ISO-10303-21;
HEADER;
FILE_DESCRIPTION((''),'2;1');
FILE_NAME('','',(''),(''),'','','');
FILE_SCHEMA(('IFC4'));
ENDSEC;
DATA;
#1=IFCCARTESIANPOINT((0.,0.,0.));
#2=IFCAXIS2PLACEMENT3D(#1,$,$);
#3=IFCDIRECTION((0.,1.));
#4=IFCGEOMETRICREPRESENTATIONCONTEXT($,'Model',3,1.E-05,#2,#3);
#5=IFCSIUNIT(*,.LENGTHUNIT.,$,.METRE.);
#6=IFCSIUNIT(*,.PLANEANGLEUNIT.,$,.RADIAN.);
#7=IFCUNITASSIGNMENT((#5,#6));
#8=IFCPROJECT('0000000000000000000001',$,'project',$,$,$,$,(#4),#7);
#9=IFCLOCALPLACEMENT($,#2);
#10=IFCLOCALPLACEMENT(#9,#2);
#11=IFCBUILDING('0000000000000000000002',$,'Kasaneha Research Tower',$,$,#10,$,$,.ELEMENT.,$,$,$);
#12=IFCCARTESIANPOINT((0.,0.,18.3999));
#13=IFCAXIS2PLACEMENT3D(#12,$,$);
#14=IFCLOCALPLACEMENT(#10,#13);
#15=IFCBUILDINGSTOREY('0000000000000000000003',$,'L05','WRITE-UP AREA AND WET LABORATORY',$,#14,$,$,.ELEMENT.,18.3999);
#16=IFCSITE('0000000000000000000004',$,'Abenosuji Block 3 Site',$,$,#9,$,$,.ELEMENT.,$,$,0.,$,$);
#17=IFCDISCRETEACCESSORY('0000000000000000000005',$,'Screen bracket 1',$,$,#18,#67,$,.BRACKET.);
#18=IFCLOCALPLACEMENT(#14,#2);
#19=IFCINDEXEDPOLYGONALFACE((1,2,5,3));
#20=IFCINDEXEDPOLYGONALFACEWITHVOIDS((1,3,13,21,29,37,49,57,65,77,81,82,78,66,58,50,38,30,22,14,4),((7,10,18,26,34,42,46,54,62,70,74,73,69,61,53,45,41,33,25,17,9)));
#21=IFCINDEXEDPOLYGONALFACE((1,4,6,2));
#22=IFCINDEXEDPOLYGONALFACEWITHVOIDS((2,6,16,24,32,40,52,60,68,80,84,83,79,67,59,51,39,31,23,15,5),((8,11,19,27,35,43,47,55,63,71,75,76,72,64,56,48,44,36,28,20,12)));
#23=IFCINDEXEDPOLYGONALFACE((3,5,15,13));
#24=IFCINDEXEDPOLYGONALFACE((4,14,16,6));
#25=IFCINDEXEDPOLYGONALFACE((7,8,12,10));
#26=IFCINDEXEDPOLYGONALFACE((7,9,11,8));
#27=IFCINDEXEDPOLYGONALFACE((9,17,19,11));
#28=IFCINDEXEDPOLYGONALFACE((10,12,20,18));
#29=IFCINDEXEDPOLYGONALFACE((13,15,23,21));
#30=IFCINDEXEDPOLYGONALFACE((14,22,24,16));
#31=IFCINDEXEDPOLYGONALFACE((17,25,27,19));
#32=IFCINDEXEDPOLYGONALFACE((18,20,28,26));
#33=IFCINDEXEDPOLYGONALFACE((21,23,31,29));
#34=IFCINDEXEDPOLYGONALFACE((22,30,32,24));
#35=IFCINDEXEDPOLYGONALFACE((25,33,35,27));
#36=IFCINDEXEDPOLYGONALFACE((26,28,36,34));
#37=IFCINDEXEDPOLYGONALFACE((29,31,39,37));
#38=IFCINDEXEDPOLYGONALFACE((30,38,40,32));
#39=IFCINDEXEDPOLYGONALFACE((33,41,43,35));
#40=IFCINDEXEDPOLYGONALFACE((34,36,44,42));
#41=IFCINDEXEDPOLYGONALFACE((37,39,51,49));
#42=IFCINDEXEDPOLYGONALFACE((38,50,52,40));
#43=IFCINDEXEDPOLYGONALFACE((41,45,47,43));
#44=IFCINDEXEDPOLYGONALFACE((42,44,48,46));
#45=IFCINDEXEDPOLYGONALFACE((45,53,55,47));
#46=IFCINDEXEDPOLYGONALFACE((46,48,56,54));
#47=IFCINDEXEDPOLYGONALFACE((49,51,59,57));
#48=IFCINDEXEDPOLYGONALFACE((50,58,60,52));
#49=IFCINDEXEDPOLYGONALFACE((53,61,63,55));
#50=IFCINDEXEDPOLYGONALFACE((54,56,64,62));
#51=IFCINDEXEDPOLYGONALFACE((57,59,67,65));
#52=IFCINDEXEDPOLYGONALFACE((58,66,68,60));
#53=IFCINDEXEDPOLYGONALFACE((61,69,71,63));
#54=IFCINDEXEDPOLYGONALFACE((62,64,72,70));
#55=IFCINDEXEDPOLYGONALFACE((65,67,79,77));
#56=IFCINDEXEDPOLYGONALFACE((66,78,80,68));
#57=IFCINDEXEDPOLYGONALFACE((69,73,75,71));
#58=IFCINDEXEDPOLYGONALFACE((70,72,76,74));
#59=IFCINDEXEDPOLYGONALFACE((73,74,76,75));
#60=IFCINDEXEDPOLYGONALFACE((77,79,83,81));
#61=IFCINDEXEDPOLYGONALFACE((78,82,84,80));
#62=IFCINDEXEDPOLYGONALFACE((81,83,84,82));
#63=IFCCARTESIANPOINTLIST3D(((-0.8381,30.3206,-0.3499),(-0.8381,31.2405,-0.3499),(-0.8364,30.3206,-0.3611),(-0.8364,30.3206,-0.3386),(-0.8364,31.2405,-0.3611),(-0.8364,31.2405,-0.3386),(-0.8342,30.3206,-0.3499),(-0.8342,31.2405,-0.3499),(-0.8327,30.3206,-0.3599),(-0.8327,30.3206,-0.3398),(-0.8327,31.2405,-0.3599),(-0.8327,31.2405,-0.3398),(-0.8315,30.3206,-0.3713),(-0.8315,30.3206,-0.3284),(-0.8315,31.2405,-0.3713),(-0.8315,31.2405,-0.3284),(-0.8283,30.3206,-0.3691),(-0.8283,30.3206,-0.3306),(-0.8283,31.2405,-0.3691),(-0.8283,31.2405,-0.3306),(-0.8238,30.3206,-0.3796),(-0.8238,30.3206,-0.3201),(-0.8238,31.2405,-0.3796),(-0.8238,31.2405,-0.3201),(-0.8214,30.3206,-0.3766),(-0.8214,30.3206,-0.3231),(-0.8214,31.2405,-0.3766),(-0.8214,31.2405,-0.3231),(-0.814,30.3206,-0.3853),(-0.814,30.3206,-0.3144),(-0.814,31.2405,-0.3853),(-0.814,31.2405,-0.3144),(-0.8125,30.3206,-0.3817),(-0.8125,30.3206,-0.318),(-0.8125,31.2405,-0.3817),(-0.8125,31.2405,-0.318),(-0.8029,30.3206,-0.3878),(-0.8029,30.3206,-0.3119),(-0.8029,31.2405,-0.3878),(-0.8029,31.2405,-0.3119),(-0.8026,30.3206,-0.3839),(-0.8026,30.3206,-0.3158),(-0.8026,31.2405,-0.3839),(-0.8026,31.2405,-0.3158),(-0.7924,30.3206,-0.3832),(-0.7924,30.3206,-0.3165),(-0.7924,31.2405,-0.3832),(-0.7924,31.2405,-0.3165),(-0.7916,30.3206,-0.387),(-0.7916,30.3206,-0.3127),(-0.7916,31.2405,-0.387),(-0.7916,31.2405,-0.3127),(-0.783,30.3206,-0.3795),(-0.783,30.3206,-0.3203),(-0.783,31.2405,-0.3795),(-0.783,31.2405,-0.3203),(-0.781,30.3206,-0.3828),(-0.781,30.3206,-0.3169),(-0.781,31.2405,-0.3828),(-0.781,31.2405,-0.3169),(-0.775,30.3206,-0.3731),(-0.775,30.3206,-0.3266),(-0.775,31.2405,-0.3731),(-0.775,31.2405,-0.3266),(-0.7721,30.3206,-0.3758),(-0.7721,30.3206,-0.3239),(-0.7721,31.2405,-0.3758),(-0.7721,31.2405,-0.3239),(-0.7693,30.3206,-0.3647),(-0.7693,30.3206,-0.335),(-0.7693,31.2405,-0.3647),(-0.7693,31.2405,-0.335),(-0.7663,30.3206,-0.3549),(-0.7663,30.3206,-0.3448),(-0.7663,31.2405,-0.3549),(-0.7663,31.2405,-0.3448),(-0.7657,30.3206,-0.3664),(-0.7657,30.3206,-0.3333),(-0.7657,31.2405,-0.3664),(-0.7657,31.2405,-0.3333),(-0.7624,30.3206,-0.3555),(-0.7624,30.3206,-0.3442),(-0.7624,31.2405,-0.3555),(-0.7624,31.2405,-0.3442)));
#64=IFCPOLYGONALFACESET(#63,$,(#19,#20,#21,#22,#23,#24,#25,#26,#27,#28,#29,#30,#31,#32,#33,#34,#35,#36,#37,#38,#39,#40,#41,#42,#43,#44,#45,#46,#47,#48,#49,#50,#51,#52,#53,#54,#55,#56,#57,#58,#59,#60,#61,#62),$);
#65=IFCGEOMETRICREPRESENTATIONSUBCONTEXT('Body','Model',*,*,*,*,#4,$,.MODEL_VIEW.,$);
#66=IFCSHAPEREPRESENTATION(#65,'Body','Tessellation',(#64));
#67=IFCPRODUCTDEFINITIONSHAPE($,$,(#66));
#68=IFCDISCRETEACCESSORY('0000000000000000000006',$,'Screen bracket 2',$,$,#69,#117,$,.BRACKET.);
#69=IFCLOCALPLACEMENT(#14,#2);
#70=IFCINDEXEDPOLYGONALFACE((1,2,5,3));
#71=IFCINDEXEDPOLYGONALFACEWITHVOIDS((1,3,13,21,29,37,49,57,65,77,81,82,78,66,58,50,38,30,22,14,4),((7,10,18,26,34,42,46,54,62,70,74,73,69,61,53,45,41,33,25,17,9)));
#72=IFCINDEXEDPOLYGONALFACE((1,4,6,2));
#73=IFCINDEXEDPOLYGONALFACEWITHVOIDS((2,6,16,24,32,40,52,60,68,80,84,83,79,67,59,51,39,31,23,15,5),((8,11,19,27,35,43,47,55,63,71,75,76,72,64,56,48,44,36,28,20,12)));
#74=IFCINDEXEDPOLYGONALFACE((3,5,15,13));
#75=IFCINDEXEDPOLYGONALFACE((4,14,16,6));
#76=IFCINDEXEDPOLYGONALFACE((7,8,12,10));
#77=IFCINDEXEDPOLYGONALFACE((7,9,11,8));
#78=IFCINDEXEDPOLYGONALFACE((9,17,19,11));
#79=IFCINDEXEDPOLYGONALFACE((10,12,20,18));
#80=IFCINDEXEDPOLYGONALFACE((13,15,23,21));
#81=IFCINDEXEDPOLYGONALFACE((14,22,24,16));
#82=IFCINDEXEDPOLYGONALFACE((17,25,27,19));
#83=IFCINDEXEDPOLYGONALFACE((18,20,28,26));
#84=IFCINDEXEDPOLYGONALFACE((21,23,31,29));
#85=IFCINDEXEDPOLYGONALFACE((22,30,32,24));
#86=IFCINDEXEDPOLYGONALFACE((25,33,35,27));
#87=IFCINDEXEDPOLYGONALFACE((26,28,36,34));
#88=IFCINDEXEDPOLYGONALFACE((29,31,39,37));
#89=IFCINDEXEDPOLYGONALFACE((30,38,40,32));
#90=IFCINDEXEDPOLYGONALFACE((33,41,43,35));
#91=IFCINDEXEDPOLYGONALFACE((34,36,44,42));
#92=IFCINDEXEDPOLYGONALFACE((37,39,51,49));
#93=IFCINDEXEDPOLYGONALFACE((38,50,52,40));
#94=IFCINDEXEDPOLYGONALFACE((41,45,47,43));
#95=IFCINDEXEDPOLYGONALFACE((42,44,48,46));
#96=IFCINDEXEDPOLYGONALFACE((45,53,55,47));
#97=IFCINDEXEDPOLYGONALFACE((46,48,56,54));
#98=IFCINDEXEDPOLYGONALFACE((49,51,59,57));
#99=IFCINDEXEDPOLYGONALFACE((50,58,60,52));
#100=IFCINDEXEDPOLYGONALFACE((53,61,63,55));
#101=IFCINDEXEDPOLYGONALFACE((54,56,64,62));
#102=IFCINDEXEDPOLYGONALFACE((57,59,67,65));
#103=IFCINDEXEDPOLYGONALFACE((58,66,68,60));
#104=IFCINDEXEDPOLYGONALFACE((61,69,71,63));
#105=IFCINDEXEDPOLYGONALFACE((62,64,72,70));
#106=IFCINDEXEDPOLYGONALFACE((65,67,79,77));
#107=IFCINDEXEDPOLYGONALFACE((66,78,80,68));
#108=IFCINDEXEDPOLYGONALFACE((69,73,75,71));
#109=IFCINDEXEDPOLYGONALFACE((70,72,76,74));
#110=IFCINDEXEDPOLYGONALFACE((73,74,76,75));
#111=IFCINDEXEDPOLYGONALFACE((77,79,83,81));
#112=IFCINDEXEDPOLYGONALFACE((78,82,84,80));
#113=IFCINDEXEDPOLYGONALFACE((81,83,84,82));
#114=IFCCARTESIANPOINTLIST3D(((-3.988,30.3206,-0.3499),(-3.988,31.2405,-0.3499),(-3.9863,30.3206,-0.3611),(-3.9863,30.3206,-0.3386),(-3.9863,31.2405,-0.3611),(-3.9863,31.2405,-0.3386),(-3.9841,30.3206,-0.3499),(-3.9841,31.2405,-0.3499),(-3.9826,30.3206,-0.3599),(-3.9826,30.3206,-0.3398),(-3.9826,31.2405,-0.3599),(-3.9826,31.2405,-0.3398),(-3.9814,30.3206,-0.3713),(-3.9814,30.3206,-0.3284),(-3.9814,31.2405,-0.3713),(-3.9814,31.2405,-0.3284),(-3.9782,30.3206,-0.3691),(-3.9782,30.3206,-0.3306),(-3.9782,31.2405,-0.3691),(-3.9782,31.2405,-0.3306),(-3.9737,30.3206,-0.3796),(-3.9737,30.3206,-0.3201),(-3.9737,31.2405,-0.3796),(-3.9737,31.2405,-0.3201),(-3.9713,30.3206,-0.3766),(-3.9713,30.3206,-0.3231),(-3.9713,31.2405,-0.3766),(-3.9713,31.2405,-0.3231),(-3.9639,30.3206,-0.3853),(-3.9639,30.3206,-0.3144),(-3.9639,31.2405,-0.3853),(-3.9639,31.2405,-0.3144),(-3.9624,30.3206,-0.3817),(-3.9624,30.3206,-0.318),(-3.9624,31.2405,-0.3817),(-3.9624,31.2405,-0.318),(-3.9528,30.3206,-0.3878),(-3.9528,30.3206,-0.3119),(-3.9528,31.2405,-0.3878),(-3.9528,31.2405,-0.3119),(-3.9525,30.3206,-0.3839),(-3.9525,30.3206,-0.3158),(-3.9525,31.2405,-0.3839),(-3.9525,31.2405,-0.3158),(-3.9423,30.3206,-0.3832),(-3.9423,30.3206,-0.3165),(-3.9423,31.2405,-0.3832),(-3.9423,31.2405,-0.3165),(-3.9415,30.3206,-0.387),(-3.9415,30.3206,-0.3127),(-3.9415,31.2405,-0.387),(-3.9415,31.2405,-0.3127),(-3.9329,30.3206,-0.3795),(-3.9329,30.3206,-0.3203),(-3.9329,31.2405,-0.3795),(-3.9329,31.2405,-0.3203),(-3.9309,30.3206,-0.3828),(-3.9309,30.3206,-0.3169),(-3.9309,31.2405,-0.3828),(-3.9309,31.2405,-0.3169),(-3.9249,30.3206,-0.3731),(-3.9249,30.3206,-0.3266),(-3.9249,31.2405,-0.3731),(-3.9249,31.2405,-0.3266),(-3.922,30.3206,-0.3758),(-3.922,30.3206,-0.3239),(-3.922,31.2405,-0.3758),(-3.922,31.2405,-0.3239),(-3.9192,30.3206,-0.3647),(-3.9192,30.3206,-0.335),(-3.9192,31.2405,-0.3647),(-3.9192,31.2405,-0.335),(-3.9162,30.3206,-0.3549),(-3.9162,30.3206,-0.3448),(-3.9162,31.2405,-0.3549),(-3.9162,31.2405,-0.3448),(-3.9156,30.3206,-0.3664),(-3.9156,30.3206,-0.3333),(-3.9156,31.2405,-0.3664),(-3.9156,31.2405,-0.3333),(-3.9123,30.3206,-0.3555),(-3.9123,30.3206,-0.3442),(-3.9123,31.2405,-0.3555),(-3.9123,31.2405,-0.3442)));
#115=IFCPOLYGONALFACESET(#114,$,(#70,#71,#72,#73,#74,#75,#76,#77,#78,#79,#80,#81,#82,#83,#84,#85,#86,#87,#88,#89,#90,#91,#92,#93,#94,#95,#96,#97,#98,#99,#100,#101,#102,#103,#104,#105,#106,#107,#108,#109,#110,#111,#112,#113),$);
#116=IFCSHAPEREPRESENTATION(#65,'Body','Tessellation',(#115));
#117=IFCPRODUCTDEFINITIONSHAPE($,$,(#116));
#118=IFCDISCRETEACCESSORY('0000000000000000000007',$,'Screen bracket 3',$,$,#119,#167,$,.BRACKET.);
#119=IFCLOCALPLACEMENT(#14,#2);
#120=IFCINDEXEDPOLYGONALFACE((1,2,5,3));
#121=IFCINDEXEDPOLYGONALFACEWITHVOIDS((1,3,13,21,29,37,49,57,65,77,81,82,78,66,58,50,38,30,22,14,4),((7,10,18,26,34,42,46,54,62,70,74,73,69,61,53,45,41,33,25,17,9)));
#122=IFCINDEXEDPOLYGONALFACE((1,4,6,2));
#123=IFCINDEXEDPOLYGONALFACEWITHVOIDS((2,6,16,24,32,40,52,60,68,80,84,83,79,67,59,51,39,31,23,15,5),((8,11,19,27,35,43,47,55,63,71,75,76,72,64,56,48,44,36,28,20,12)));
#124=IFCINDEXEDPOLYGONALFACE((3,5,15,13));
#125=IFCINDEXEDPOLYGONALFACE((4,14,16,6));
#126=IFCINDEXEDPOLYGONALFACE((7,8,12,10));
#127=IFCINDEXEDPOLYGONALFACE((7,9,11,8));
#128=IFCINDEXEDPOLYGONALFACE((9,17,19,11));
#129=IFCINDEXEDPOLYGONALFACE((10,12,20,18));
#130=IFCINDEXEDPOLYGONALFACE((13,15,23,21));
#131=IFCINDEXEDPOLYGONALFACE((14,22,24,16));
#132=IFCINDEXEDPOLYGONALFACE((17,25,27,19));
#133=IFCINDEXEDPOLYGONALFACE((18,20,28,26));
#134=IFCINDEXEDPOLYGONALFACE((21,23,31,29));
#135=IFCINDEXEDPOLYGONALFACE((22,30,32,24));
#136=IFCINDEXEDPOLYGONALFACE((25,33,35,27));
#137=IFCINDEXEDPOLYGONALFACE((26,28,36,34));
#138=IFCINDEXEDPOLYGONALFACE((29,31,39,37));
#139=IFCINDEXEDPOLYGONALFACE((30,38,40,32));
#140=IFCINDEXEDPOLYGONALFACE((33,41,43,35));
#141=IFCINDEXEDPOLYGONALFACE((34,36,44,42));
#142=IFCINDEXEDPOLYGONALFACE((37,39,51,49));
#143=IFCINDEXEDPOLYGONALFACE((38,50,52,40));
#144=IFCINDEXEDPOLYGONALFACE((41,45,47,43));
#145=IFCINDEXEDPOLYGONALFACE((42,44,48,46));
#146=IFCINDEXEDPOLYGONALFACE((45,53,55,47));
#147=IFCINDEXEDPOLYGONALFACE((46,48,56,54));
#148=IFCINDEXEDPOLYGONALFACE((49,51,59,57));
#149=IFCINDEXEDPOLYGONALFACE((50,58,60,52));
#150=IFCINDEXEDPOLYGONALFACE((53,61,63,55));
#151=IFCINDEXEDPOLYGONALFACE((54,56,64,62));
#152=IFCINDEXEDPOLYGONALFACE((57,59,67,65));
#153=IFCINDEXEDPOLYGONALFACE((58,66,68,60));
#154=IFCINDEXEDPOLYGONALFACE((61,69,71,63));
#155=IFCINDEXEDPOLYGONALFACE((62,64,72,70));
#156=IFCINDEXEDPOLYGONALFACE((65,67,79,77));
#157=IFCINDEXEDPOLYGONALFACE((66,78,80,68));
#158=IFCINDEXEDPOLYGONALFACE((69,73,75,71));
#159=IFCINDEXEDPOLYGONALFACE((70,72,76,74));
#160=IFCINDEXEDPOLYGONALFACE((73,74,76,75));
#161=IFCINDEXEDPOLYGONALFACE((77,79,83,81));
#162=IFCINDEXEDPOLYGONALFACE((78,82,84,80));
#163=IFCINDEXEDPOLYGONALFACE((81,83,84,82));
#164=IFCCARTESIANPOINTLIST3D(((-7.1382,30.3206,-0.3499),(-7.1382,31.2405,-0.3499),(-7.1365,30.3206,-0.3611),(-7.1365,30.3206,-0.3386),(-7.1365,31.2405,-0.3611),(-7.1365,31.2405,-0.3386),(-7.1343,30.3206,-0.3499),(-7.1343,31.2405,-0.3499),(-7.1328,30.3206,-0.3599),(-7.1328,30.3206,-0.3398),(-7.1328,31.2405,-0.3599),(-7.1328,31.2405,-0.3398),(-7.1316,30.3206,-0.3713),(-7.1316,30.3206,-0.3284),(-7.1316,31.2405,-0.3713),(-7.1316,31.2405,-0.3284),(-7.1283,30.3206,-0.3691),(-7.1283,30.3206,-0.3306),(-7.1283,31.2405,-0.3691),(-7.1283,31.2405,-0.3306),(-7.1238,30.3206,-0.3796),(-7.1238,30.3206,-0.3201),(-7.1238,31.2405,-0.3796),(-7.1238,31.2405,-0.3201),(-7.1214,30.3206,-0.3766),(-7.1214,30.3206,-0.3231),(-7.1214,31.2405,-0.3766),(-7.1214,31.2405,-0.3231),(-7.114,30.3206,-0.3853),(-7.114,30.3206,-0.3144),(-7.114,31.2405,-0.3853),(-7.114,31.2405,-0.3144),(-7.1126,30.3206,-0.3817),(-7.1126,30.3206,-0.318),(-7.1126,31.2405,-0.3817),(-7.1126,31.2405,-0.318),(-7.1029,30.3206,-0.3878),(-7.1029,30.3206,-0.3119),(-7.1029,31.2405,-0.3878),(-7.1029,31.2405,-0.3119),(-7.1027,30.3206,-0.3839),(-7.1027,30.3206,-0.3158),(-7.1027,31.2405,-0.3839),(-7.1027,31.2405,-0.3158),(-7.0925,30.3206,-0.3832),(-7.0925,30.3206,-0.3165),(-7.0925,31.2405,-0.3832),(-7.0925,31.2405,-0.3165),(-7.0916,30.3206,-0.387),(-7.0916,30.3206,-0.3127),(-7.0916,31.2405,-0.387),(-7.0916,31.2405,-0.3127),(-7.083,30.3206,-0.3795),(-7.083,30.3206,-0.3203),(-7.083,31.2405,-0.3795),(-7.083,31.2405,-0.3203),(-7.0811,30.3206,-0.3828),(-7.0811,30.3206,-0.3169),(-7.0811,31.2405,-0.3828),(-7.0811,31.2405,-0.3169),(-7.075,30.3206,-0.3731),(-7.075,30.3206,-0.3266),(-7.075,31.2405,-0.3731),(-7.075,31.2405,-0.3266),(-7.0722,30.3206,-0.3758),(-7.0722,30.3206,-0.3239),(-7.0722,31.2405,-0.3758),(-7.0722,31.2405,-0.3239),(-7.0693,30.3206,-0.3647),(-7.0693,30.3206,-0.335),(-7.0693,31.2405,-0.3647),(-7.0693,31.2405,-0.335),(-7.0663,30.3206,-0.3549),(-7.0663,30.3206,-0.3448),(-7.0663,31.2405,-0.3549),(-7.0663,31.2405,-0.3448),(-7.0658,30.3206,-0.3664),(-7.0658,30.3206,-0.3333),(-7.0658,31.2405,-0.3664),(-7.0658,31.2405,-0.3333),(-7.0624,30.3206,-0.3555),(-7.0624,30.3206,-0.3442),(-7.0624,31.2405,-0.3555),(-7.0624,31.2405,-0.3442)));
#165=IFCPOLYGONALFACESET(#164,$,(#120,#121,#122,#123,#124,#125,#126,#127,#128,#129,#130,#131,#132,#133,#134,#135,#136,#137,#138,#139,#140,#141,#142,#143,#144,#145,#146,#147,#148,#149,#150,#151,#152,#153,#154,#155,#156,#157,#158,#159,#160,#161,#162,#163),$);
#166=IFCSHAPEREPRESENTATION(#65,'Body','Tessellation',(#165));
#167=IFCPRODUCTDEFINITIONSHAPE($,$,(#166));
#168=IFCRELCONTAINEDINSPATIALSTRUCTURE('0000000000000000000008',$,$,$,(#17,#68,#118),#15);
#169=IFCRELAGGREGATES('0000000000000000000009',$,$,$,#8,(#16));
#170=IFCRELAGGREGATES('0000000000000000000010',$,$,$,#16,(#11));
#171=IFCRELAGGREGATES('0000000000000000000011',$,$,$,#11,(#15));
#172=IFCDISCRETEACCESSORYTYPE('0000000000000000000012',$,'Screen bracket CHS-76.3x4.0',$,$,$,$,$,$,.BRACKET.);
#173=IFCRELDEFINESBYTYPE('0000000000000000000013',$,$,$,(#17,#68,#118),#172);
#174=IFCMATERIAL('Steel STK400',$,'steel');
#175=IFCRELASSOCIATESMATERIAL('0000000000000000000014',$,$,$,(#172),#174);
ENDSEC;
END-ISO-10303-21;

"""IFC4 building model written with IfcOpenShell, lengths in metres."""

from ifc_helpers import new_model, si_unit, direction, frame, origin, origin_2d, place, context, subcontext, project, spatial, hollow_circle, extrude, material, material_profile, profile_set, type_object, element, save


model = new_model("IFC4")

# Units and contexts
model_context = context("Model", 3, precision=1e-05, world=origin(), true_north=direction((0.0, 1.0)))
body_context = subcontext(model_context, "Body", "Model", "MODEL_VIEW")
ifc_project = project(units=[si_unit("LENGTHUNIT", "METRE"), si_unit("PLANEANGLEUNIT", "RADIAN")], contexts=[model_context])

# Site, building, storey
site_placement = place(None, origin())
site = spatial("IfcSite", under=ifc_project, at=site_placement, Name="Abenosuji Block 3 Site", CompositionType="ELEMENT", RefElevation=0.0)
building_placement = place(site_placement, origin())
building = spatial("IfcBuilding", under=site, at=building_placement, Name="Kasaneha Research Tower", CompositionType="ELEMENT")
storey_placement = place(building_placement, frame((0.0, 0.0, 18.3999)))
storey = spatial("IfcBuildingStorey", under=building, at=storey_placement, Name="L05", Description="WRITE-UP AREA AND WET LABORATORY", CompositionType="ELEMENT", Elevation=18.3999)

# Discrete accessories
ifc_material_1 = material(Name="Steel STK400", Category="steel")
ifc_material_profile_1 = material_profile(ifc_material_1, hollow_circle(Radius=0.0381, WallThickness=0.0039, at=origin_2d()), Name="CHS-76.3x4.0")
ifc_profile_set_1 = profile_set([ifc_material_profile_1], Name="Steel STK400")
discrete_accessory_type = type_object("IfcDiscreteAccessoryType", Name="Screen bracket CHS-76.3x4.0", PredefinedType="BRACKET", material=ifc_profile_set_1)
for number, where, z_axis, x_axis, name in (
    (1, (-0.8, 30.3206, -0.3499), (0.0, 1.0, 0.0), (-1.0, 0.0, 0.0), "Screen bracket 1"),
    (2, (-3.95, 30.3206, -0.3499), (0.0, 1.0, 0.0), (-1.0, 0.0, 0.0), "Screen bracket 2"),
    (3, (-7.1001, 30.3206, -0.3499), (0.0, 1.0, 0.0), (-1.0, 0.0, 0.0), "Screen bracket 3"),
):
    element("IfcDiscreteAccessory", number, at=place(storey_placement, frame(where, z_axis=z_axis, x_axis=x_axis)), inside=storey, type_object=discrete_accessory_type, Name=name, PredefinedType="BRACKET", context=body_context, shape_type="SweptSolid", body=[
        extrude(hollow_circle(Radius=0.0381, WallThickness=0.0039, at=origin_2d()), origin(), (0.0, 0.0, 1.0), 0.9199),
    ])

save(model, "model.ifc")
